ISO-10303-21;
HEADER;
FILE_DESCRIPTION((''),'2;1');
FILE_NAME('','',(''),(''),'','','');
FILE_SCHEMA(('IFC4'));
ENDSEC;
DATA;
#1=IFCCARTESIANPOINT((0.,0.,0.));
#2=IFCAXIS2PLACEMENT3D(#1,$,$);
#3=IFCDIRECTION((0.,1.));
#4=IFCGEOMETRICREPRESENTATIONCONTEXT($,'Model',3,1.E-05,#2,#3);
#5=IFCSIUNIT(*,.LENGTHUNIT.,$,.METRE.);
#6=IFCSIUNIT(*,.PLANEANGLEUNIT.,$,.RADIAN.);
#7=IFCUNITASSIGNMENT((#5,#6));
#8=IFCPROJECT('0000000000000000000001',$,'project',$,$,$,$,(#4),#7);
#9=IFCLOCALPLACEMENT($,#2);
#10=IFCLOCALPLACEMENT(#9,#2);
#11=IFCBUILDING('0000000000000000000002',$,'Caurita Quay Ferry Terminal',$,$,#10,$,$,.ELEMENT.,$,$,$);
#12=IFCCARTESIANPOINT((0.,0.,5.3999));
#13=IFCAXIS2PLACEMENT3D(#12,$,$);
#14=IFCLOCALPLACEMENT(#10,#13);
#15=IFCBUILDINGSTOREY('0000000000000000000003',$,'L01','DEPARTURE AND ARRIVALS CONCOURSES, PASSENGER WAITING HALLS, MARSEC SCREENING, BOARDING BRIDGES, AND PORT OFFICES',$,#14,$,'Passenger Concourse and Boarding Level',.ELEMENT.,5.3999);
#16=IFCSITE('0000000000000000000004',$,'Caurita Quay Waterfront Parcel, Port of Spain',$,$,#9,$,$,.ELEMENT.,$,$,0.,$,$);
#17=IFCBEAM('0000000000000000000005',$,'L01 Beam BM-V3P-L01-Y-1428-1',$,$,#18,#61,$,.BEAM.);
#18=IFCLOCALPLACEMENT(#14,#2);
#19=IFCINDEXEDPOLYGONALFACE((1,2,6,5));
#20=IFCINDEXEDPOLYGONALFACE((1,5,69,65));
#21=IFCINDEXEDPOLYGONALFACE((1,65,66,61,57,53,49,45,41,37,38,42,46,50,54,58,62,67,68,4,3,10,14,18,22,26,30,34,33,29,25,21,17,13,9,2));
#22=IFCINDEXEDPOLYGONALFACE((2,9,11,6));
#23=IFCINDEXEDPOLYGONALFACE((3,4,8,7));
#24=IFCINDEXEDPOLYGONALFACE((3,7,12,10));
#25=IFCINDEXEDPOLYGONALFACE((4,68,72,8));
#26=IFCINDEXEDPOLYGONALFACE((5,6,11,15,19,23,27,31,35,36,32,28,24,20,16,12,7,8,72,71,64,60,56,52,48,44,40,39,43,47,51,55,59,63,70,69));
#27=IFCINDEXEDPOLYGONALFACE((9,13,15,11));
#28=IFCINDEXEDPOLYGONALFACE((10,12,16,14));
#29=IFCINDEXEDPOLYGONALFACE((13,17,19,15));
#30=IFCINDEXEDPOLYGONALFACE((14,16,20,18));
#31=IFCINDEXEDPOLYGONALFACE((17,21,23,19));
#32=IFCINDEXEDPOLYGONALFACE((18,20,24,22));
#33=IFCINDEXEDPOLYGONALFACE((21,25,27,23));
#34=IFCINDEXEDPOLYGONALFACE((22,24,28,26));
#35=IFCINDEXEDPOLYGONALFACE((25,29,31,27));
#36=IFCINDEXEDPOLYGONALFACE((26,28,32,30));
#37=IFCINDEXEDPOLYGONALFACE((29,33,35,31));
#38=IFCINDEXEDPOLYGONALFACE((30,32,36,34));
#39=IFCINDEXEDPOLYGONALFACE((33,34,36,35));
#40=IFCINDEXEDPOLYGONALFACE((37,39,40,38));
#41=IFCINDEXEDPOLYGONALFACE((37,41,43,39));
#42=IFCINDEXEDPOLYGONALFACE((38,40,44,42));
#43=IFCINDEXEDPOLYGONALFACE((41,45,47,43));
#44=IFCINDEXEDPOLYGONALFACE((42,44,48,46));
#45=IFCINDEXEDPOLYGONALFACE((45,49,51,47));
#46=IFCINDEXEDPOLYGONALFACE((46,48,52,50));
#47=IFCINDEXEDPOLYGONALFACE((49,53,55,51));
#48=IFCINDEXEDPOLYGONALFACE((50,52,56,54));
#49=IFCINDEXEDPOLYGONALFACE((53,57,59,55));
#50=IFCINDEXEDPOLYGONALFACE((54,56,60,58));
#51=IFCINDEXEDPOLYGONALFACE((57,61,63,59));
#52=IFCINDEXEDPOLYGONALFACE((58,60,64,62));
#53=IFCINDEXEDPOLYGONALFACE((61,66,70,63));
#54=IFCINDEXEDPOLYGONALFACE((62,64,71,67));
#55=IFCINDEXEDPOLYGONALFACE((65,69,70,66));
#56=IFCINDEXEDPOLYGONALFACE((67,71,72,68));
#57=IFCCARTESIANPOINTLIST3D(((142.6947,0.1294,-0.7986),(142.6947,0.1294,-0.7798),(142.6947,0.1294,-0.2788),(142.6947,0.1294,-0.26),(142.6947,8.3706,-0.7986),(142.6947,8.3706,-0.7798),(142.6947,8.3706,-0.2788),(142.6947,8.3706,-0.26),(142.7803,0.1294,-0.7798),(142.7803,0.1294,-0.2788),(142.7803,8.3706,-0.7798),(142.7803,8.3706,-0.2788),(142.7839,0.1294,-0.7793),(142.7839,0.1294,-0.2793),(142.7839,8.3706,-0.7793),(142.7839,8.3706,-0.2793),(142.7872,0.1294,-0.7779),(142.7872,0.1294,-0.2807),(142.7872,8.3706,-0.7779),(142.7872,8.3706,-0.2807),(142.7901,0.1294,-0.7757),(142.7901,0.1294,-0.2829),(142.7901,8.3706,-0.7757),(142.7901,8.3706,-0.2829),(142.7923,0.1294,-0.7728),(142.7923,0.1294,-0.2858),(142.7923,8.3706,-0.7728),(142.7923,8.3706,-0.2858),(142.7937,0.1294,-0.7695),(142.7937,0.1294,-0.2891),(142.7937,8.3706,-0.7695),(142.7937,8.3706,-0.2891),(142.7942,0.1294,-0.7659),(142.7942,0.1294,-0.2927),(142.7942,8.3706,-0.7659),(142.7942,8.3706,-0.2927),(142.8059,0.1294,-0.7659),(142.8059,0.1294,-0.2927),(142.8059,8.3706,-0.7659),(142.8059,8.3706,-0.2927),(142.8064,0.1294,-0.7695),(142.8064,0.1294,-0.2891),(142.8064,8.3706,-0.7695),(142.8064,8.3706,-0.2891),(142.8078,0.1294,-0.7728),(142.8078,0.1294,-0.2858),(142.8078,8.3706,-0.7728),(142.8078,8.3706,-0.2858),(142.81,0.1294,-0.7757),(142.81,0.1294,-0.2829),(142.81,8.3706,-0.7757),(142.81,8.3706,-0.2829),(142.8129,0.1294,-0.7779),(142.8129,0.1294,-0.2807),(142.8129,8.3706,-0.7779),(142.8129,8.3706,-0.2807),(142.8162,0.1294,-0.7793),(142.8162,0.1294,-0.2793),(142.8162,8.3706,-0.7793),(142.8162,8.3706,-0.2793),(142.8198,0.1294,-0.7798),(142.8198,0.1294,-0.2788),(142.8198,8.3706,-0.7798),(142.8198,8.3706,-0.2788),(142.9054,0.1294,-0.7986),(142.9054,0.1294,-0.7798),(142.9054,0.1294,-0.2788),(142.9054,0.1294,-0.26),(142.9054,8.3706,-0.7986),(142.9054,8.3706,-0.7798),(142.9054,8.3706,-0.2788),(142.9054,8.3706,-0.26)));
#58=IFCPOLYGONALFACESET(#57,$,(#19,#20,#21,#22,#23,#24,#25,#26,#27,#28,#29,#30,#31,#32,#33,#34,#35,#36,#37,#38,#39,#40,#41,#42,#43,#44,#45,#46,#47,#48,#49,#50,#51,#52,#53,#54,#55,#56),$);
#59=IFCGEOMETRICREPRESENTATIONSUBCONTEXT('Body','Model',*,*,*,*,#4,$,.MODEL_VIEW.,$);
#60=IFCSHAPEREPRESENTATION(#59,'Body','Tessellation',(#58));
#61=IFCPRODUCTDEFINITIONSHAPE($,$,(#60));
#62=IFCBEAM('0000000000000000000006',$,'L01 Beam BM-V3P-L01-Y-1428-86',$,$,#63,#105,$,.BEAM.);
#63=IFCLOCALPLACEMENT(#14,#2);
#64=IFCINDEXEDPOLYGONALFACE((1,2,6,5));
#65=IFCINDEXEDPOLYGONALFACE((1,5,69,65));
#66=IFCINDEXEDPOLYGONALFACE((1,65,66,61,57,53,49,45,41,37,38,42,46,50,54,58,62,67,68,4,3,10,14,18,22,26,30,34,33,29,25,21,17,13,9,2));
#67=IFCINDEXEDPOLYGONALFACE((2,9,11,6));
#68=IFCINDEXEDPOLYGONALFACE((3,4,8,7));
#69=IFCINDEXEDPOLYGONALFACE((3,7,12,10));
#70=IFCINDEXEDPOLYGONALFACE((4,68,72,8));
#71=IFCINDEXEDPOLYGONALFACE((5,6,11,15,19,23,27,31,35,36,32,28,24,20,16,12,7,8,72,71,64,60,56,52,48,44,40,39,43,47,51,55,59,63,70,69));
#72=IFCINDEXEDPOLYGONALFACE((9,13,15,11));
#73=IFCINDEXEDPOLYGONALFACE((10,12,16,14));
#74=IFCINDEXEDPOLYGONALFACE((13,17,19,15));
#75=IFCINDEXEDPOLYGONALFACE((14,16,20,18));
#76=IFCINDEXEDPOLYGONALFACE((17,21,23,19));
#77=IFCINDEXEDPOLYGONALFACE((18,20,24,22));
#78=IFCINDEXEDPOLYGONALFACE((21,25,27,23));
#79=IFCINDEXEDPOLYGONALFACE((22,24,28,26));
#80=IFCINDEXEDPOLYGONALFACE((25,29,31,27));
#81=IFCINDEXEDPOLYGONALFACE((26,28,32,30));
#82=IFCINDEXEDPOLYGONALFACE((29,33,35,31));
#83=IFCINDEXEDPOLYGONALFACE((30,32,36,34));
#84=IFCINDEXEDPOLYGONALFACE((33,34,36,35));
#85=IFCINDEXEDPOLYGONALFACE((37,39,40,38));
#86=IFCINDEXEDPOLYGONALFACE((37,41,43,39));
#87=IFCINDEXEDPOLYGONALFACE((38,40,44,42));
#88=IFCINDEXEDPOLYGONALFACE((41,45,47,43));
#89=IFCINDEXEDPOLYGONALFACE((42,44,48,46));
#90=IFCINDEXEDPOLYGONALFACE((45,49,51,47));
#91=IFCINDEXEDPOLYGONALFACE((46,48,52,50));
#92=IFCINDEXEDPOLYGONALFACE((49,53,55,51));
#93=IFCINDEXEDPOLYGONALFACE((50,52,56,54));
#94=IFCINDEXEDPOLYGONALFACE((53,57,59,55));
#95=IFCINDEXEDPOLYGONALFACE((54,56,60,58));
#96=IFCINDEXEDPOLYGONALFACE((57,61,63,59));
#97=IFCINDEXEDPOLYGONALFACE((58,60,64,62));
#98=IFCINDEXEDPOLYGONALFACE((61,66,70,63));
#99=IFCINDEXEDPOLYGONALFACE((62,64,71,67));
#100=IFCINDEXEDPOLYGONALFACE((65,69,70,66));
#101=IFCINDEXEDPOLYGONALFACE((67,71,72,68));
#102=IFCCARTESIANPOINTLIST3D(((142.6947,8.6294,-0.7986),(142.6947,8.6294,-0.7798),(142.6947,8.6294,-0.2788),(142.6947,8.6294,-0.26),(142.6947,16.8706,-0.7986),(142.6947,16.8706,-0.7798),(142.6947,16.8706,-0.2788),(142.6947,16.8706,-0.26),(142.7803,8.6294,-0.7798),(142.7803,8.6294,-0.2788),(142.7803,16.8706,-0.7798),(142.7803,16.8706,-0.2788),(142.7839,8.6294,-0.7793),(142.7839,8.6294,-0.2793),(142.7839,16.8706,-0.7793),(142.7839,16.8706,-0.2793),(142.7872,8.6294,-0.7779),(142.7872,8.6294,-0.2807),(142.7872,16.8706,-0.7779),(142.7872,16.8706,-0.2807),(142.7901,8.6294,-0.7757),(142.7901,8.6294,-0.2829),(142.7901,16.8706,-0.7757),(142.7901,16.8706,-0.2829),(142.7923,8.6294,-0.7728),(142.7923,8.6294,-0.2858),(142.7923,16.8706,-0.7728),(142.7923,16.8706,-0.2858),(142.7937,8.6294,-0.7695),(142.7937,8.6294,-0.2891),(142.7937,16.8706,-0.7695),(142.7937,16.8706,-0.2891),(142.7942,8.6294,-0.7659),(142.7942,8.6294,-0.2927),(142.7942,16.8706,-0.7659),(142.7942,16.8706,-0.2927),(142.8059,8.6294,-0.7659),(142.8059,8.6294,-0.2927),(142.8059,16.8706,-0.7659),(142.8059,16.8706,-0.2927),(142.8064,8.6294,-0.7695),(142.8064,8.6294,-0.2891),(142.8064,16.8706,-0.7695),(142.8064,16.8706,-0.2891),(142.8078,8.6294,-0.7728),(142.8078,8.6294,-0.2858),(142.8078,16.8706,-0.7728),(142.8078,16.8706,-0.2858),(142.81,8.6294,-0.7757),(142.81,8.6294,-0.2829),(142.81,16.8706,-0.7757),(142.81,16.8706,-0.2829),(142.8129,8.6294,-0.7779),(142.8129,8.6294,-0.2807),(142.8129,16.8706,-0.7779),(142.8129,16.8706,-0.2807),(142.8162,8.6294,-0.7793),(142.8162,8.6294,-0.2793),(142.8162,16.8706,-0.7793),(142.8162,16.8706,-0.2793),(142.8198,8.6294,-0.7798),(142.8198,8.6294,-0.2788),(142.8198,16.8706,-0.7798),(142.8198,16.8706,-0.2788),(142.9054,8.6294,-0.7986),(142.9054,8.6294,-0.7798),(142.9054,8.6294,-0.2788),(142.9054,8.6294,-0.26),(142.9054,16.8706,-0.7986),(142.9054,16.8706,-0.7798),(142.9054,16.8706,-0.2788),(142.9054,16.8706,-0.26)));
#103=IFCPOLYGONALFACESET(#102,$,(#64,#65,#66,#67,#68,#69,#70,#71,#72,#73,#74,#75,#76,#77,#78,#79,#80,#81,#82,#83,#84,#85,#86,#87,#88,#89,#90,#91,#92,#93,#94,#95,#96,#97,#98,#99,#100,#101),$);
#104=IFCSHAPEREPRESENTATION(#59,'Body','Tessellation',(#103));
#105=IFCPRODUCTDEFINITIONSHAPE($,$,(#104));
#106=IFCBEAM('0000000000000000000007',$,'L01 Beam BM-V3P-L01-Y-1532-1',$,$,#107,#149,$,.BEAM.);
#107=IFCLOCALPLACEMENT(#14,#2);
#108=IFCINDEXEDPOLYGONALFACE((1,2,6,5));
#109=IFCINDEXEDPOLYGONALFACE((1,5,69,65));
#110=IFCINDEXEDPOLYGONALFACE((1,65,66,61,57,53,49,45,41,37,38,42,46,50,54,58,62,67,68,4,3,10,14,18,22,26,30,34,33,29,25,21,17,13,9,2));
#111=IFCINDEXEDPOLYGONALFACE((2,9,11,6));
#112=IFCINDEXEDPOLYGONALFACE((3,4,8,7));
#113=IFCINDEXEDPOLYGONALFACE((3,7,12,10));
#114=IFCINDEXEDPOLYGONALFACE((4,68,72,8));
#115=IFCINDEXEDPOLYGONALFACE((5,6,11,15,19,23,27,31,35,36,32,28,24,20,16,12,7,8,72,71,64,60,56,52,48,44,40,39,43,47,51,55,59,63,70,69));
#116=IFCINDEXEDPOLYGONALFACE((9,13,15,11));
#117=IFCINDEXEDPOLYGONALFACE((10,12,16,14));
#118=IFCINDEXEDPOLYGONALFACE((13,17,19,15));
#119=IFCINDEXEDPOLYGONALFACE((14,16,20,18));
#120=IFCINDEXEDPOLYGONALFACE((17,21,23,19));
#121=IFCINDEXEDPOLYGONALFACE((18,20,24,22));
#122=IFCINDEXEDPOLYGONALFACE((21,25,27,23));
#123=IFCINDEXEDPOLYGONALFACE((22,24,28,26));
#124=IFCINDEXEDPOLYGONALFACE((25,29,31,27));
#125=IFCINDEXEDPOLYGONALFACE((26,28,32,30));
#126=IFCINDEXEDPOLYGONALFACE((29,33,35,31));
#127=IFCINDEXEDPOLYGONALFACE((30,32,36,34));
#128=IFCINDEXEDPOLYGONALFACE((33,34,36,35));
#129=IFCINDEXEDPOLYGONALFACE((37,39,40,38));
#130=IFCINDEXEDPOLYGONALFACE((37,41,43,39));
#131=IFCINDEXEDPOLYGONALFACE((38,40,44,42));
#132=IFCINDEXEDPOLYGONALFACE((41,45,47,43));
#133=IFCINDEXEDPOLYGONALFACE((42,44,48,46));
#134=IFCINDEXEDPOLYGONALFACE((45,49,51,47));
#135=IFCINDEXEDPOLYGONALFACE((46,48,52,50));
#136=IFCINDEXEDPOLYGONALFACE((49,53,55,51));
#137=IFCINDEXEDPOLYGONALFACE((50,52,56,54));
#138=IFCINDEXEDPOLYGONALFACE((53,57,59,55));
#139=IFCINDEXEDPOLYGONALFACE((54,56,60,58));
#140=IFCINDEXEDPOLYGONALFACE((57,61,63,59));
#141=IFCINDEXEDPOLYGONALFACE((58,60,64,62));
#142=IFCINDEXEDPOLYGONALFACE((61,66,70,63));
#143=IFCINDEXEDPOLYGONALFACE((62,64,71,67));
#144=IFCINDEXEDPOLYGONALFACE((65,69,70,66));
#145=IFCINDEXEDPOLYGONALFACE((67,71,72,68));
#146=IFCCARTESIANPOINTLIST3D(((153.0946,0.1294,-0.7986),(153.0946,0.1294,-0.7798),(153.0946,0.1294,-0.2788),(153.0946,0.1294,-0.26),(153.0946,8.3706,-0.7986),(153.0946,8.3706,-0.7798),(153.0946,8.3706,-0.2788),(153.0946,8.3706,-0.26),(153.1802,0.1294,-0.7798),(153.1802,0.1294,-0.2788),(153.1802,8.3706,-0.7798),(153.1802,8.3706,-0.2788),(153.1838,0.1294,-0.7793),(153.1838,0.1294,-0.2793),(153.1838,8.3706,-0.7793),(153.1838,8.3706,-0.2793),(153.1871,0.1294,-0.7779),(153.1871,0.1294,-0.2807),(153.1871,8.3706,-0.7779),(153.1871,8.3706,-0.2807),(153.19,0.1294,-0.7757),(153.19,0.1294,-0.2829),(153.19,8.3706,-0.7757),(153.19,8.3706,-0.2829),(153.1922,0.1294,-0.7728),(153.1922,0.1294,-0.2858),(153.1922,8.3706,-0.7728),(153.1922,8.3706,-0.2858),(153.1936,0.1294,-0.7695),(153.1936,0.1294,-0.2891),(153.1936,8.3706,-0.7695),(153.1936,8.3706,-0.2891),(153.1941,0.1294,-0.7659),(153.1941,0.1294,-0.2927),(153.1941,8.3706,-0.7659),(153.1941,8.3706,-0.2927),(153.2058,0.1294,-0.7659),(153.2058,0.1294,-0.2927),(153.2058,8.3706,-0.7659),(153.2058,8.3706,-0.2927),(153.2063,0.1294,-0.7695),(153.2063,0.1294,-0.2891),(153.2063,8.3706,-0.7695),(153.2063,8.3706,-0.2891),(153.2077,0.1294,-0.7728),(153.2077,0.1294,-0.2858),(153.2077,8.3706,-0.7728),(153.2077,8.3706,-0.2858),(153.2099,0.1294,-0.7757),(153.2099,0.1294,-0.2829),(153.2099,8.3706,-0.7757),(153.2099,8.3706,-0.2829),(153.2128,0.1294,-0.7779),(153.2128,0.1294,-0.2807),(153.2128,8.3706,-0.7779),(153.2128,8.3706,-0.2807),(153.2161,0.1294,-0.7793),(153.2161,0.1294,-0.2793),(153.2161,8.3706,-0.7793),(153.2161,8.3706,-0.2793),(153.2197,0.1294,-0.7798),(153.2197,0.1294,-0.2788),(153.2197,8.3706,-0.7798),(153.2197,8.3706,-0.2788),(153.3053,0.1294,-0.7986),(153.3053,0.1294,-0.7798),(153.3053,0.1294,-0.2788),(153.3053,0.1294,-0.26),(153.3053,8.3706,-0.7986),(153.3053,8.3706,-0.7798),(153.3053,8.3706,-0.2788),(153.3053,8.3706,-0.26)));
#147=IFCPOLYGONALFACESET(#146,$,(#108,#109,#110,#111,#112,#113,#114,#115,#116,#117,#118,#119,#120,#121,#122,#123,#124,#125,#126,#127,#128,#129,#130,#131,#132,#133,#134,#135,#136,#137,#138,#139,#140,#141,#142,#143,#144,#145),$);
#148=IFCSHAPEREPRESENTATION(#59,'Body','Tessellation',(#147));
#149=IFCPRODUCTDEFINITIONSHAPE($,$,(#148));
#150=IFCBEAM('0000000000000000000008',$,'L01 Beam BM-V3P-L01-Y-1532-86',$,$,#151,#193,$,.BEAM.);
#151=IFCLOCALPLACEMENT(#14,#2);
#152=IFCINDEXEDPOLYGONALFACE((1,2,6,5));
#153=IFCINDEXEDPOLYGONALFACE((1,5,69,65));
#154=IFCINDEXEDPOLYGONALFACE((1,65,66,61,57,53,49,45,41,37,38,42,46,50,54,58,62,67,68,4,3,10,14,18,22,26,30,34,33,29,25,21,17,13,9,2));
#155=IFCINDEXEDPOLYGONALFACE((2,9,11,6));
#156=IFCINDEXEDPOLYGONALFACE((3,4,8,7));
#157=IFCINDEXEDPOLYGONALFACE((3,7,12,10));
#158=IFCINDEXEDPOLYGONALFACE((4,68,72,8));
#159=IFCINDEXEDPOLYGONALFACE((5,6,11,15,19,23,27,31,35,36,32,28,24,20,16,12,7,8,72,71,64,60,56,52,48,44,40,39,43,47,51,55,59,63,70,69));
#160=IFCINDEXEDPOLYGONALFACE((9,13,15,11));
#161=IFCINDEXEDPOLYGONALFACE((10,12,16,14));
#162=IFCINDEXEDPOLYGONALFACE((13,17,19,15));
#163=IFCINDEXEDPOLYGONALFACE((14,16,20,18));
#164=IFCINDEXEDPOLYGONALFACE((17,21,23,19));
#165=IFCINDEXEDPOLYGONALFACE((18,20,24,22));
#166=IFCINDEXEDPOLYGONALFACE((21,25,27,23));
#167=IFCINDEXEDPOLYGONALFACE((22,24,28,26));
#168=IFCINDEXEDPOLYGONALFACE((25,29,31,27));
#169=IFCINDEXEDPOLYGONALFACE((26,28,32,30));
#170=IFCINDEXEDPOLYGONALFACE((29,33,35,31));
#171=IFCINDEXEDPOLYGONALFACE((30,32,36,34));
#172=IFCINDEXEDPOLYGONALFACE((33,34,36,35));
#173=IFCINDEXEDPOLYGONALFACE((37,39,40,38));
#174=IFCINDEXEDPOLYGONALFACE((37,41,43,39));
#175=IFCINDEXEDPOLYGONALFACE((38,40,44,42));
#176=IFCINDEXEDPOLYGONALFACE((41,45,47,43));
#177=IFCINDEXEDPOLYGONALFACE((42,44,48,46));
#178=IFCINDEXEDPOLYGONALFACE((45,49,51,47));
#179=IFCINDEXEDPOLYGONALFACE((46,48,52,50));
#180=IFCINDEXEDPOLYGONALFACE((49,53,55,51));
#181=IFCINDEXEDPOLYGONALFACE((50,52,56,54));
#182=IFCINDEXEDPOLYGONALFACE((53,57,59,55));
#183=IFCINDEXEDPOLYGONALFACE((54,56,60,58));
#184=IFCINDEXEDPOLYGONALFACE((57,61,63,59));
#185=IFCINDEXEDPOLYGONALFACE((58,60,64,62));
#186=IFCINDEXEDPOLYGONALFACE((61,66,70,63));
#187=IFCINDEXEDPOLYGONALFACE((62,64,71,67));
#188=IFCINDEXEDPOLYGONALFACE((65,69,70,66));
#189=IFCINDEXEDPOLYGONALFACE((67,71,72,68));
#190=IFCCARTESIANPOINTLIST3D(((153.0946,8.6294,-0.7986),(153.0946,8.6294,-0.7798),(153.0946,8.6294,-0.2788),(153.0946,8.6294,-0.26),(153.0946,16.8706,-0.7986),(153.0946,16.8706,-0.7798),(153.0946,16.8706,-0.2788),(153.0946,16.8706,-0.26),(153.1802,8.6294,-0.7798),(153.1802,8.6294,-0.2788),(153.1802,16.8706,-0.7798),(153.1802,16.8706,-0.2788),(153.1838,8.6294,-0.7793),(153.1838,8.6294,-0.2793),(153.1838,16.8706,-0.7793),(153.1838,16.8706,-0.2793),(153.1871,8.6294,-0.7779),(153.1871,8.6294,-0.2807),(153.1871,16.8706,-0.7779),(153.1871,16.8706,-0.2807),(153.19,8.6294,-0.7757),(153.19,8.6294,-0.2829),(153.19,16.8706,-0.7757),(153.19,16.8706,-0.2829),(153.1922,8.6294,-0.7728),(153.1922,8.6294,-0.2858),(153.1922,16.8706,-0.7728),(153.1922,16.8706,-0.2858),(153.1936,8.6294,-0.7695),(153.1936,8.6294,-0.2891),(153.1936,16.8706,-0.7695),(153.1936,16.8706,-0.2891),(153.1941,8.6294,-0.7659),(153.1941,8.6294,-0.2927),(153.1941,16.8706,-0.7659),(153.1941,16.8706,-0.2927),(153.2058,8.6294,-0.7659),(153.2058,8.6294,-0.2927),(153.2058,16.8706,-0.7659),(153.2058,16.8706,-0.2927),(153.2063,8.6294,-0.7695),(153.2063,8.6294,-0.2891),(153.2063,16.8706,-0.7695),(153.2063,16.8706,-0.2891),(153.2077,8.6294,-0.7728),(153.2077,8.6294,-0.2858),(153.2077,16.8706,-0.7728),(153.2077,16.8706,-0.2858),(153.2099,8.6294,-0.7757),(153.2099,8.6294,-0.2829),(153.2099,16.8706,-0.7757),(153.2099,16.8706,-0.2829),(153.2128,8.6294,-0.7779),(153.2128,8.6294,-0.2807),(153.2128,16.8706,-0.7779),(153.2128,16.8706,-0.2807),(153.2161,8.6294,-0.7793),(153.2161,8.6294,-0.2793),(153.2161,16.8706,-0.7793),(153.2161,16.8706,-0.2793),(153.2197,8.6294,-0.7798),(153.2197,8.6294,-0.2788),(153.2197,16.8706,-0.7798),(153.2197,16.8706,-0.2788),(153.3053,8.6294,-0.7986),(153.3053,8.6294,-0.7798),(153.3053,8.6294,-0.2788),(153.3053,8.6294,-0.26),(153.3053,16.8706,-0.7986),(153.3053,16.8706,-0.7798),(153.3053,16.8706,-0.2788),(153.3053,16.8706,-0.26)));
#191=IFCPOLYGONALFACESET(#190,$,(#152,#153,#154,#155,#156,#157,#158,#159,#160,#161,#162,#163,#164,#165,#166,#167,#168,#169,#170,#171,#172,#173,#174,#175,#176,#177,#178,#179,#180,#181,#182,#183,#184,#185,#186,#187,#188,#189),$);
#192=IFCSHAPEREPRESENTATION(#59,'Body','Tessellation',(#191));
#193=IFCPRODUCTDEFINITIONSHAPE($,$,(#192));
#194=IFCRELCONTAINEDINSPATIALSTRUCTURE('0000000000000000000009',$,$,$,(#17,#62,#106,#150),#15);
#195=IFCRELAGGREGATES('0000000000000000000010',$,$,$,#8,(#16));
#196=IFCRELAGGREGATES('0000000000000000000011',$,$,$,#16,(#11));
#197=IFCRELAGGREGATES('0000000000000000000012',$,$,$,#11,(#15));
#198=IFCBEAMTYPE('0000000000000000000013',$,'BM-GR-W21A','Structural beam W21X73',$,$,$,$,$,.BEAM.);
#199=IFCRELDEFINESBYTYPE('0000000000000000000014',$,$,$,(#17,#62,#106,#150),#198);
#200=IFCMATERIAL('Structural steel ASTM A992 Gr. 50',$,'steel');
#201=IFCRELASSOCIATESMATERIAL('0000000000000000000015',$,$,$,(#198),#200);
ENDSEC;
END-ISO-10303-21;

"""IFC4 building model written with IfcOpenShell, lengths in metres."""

from ifc_helpers import new_model, si_unit, direction, frame, origin, origin_2d, place, context, subcontext, project, spatial, i_section, extrude, material, material_profile, profile_set, type_object, element, save


model = new_model("IFC4")

# Units and contexts
model_context = context("Model", 3, precision=1e-05, world=origin(), true_north=direction((0.0, 1.0)))
body_context = subcontext(model_context, "Body", "Model", "MODEL_VIEW")
ifc_project = project(units=[si_unit("LENGTHUNIT", "METRE"), si_unit("PLANEANGLEUNIT", "RADIAN")], contexts=[model_context])

# Site, building, storey
site_placement = place(None, origin())
site = spatial("IfcSite", under=ifc_project, at=site_placement, Name="Caurita Quay Waterfront Parcel, Port of Spain", CompositionType="ELEMENT", RefElevation=0.0)
building_placement = place(site_placement, origin())
building = spatial("IfcBuilding", under=site, at=building_placement, Name="Caurita Quay Ferry Terminal", CompositionType="ELEMENT")
storey_placement = place(building_placement, frame((0.0, 0.0, 5.3999)))
storey = spatial("IfcBuildingStorey", under=building, at=storey_placement, Name="L01", Description="DEPARTURE AND ARRIVALS CONCOURSES, PASSENGER WAITING HALLS, MARSEC SCREENING, BOARDING BRIDGES, AND PORT OFFICES", LongName="Passenger Concourse and Boarding Level", CompositionType="ELEMENT", Elevation=5.3999)

# Beams
ifc_material_1 = material(Name="Structural steel ASTM A992 Gr. 50", Category="steel")
ifc_material_profile_1 = material_profile(ifc_material_1, i_section(OverallWidth=0.2107, OverallDepth=0.5386, WebThickness=0.0117, FlangeThickness=0.0188, FilletRadius=0.0139, at=origin_2d()), Name="W21X73")
ifc_profile_set_1 = profile_set([ifc_material_profile_1], Name="Structural steel ASTM A992 Gr. 50")
beam_type_1 = type_object("IfcBeamType", Name="BM-GR-W21A", Description="Structural beam W21X73", PredefinedType="BEAM", material=ifc_profile_set_1)
for number, where, z_axis, x_axis, name in (
    (1, (142.8, 0.1294, -0.5293), (0.0, 1.0, 0.0), (-1.0, 0.0, 0.0), "L01 Beam BM-V3P-L01-Y-1428-1"),
    (2, (142.8, 8.6294, -0.5293), (0.0, 1.0, 0.0), (-1.0, 0.0, 0.0), "L01 Beam BM-V3P-L01-Y-1428-86"),
    (3, (153.2, 0.1294, -0.5293), (0.0, 1.0, 0.0), (-1.0, 0.0, 0.0), "L01 Beam BM-V3P-L01-Y-1532-1"),
    (4, (153.2, 8.6294, -0.5293), (0.0, 1.0, 0.0), (-1.0, 0.0, 0.0), "L01 Beam BM-V3P-L01-Y-1532-86"),
):
    element("IfcBeam", number, at=place(storey_placement, frame(where, z_axis=z_axis, x_axis=x_axis)), inside=storey, type_object=beam_type_1, Name=name, PredefinedType="BEAM", context=body_context, shape_type="SweptSolid", body=[
        extrude(i_section(OverallWidth=0.2107, OverallDepth=0.5386, WebThickness=0.0117, FlangeThickness=0.0188, FilletRadius=0.0139, at=origin_2d()), origin(), (0.0, 0.0, 1.0), 8.2412),
    ])

save(model, "model.ifc")
